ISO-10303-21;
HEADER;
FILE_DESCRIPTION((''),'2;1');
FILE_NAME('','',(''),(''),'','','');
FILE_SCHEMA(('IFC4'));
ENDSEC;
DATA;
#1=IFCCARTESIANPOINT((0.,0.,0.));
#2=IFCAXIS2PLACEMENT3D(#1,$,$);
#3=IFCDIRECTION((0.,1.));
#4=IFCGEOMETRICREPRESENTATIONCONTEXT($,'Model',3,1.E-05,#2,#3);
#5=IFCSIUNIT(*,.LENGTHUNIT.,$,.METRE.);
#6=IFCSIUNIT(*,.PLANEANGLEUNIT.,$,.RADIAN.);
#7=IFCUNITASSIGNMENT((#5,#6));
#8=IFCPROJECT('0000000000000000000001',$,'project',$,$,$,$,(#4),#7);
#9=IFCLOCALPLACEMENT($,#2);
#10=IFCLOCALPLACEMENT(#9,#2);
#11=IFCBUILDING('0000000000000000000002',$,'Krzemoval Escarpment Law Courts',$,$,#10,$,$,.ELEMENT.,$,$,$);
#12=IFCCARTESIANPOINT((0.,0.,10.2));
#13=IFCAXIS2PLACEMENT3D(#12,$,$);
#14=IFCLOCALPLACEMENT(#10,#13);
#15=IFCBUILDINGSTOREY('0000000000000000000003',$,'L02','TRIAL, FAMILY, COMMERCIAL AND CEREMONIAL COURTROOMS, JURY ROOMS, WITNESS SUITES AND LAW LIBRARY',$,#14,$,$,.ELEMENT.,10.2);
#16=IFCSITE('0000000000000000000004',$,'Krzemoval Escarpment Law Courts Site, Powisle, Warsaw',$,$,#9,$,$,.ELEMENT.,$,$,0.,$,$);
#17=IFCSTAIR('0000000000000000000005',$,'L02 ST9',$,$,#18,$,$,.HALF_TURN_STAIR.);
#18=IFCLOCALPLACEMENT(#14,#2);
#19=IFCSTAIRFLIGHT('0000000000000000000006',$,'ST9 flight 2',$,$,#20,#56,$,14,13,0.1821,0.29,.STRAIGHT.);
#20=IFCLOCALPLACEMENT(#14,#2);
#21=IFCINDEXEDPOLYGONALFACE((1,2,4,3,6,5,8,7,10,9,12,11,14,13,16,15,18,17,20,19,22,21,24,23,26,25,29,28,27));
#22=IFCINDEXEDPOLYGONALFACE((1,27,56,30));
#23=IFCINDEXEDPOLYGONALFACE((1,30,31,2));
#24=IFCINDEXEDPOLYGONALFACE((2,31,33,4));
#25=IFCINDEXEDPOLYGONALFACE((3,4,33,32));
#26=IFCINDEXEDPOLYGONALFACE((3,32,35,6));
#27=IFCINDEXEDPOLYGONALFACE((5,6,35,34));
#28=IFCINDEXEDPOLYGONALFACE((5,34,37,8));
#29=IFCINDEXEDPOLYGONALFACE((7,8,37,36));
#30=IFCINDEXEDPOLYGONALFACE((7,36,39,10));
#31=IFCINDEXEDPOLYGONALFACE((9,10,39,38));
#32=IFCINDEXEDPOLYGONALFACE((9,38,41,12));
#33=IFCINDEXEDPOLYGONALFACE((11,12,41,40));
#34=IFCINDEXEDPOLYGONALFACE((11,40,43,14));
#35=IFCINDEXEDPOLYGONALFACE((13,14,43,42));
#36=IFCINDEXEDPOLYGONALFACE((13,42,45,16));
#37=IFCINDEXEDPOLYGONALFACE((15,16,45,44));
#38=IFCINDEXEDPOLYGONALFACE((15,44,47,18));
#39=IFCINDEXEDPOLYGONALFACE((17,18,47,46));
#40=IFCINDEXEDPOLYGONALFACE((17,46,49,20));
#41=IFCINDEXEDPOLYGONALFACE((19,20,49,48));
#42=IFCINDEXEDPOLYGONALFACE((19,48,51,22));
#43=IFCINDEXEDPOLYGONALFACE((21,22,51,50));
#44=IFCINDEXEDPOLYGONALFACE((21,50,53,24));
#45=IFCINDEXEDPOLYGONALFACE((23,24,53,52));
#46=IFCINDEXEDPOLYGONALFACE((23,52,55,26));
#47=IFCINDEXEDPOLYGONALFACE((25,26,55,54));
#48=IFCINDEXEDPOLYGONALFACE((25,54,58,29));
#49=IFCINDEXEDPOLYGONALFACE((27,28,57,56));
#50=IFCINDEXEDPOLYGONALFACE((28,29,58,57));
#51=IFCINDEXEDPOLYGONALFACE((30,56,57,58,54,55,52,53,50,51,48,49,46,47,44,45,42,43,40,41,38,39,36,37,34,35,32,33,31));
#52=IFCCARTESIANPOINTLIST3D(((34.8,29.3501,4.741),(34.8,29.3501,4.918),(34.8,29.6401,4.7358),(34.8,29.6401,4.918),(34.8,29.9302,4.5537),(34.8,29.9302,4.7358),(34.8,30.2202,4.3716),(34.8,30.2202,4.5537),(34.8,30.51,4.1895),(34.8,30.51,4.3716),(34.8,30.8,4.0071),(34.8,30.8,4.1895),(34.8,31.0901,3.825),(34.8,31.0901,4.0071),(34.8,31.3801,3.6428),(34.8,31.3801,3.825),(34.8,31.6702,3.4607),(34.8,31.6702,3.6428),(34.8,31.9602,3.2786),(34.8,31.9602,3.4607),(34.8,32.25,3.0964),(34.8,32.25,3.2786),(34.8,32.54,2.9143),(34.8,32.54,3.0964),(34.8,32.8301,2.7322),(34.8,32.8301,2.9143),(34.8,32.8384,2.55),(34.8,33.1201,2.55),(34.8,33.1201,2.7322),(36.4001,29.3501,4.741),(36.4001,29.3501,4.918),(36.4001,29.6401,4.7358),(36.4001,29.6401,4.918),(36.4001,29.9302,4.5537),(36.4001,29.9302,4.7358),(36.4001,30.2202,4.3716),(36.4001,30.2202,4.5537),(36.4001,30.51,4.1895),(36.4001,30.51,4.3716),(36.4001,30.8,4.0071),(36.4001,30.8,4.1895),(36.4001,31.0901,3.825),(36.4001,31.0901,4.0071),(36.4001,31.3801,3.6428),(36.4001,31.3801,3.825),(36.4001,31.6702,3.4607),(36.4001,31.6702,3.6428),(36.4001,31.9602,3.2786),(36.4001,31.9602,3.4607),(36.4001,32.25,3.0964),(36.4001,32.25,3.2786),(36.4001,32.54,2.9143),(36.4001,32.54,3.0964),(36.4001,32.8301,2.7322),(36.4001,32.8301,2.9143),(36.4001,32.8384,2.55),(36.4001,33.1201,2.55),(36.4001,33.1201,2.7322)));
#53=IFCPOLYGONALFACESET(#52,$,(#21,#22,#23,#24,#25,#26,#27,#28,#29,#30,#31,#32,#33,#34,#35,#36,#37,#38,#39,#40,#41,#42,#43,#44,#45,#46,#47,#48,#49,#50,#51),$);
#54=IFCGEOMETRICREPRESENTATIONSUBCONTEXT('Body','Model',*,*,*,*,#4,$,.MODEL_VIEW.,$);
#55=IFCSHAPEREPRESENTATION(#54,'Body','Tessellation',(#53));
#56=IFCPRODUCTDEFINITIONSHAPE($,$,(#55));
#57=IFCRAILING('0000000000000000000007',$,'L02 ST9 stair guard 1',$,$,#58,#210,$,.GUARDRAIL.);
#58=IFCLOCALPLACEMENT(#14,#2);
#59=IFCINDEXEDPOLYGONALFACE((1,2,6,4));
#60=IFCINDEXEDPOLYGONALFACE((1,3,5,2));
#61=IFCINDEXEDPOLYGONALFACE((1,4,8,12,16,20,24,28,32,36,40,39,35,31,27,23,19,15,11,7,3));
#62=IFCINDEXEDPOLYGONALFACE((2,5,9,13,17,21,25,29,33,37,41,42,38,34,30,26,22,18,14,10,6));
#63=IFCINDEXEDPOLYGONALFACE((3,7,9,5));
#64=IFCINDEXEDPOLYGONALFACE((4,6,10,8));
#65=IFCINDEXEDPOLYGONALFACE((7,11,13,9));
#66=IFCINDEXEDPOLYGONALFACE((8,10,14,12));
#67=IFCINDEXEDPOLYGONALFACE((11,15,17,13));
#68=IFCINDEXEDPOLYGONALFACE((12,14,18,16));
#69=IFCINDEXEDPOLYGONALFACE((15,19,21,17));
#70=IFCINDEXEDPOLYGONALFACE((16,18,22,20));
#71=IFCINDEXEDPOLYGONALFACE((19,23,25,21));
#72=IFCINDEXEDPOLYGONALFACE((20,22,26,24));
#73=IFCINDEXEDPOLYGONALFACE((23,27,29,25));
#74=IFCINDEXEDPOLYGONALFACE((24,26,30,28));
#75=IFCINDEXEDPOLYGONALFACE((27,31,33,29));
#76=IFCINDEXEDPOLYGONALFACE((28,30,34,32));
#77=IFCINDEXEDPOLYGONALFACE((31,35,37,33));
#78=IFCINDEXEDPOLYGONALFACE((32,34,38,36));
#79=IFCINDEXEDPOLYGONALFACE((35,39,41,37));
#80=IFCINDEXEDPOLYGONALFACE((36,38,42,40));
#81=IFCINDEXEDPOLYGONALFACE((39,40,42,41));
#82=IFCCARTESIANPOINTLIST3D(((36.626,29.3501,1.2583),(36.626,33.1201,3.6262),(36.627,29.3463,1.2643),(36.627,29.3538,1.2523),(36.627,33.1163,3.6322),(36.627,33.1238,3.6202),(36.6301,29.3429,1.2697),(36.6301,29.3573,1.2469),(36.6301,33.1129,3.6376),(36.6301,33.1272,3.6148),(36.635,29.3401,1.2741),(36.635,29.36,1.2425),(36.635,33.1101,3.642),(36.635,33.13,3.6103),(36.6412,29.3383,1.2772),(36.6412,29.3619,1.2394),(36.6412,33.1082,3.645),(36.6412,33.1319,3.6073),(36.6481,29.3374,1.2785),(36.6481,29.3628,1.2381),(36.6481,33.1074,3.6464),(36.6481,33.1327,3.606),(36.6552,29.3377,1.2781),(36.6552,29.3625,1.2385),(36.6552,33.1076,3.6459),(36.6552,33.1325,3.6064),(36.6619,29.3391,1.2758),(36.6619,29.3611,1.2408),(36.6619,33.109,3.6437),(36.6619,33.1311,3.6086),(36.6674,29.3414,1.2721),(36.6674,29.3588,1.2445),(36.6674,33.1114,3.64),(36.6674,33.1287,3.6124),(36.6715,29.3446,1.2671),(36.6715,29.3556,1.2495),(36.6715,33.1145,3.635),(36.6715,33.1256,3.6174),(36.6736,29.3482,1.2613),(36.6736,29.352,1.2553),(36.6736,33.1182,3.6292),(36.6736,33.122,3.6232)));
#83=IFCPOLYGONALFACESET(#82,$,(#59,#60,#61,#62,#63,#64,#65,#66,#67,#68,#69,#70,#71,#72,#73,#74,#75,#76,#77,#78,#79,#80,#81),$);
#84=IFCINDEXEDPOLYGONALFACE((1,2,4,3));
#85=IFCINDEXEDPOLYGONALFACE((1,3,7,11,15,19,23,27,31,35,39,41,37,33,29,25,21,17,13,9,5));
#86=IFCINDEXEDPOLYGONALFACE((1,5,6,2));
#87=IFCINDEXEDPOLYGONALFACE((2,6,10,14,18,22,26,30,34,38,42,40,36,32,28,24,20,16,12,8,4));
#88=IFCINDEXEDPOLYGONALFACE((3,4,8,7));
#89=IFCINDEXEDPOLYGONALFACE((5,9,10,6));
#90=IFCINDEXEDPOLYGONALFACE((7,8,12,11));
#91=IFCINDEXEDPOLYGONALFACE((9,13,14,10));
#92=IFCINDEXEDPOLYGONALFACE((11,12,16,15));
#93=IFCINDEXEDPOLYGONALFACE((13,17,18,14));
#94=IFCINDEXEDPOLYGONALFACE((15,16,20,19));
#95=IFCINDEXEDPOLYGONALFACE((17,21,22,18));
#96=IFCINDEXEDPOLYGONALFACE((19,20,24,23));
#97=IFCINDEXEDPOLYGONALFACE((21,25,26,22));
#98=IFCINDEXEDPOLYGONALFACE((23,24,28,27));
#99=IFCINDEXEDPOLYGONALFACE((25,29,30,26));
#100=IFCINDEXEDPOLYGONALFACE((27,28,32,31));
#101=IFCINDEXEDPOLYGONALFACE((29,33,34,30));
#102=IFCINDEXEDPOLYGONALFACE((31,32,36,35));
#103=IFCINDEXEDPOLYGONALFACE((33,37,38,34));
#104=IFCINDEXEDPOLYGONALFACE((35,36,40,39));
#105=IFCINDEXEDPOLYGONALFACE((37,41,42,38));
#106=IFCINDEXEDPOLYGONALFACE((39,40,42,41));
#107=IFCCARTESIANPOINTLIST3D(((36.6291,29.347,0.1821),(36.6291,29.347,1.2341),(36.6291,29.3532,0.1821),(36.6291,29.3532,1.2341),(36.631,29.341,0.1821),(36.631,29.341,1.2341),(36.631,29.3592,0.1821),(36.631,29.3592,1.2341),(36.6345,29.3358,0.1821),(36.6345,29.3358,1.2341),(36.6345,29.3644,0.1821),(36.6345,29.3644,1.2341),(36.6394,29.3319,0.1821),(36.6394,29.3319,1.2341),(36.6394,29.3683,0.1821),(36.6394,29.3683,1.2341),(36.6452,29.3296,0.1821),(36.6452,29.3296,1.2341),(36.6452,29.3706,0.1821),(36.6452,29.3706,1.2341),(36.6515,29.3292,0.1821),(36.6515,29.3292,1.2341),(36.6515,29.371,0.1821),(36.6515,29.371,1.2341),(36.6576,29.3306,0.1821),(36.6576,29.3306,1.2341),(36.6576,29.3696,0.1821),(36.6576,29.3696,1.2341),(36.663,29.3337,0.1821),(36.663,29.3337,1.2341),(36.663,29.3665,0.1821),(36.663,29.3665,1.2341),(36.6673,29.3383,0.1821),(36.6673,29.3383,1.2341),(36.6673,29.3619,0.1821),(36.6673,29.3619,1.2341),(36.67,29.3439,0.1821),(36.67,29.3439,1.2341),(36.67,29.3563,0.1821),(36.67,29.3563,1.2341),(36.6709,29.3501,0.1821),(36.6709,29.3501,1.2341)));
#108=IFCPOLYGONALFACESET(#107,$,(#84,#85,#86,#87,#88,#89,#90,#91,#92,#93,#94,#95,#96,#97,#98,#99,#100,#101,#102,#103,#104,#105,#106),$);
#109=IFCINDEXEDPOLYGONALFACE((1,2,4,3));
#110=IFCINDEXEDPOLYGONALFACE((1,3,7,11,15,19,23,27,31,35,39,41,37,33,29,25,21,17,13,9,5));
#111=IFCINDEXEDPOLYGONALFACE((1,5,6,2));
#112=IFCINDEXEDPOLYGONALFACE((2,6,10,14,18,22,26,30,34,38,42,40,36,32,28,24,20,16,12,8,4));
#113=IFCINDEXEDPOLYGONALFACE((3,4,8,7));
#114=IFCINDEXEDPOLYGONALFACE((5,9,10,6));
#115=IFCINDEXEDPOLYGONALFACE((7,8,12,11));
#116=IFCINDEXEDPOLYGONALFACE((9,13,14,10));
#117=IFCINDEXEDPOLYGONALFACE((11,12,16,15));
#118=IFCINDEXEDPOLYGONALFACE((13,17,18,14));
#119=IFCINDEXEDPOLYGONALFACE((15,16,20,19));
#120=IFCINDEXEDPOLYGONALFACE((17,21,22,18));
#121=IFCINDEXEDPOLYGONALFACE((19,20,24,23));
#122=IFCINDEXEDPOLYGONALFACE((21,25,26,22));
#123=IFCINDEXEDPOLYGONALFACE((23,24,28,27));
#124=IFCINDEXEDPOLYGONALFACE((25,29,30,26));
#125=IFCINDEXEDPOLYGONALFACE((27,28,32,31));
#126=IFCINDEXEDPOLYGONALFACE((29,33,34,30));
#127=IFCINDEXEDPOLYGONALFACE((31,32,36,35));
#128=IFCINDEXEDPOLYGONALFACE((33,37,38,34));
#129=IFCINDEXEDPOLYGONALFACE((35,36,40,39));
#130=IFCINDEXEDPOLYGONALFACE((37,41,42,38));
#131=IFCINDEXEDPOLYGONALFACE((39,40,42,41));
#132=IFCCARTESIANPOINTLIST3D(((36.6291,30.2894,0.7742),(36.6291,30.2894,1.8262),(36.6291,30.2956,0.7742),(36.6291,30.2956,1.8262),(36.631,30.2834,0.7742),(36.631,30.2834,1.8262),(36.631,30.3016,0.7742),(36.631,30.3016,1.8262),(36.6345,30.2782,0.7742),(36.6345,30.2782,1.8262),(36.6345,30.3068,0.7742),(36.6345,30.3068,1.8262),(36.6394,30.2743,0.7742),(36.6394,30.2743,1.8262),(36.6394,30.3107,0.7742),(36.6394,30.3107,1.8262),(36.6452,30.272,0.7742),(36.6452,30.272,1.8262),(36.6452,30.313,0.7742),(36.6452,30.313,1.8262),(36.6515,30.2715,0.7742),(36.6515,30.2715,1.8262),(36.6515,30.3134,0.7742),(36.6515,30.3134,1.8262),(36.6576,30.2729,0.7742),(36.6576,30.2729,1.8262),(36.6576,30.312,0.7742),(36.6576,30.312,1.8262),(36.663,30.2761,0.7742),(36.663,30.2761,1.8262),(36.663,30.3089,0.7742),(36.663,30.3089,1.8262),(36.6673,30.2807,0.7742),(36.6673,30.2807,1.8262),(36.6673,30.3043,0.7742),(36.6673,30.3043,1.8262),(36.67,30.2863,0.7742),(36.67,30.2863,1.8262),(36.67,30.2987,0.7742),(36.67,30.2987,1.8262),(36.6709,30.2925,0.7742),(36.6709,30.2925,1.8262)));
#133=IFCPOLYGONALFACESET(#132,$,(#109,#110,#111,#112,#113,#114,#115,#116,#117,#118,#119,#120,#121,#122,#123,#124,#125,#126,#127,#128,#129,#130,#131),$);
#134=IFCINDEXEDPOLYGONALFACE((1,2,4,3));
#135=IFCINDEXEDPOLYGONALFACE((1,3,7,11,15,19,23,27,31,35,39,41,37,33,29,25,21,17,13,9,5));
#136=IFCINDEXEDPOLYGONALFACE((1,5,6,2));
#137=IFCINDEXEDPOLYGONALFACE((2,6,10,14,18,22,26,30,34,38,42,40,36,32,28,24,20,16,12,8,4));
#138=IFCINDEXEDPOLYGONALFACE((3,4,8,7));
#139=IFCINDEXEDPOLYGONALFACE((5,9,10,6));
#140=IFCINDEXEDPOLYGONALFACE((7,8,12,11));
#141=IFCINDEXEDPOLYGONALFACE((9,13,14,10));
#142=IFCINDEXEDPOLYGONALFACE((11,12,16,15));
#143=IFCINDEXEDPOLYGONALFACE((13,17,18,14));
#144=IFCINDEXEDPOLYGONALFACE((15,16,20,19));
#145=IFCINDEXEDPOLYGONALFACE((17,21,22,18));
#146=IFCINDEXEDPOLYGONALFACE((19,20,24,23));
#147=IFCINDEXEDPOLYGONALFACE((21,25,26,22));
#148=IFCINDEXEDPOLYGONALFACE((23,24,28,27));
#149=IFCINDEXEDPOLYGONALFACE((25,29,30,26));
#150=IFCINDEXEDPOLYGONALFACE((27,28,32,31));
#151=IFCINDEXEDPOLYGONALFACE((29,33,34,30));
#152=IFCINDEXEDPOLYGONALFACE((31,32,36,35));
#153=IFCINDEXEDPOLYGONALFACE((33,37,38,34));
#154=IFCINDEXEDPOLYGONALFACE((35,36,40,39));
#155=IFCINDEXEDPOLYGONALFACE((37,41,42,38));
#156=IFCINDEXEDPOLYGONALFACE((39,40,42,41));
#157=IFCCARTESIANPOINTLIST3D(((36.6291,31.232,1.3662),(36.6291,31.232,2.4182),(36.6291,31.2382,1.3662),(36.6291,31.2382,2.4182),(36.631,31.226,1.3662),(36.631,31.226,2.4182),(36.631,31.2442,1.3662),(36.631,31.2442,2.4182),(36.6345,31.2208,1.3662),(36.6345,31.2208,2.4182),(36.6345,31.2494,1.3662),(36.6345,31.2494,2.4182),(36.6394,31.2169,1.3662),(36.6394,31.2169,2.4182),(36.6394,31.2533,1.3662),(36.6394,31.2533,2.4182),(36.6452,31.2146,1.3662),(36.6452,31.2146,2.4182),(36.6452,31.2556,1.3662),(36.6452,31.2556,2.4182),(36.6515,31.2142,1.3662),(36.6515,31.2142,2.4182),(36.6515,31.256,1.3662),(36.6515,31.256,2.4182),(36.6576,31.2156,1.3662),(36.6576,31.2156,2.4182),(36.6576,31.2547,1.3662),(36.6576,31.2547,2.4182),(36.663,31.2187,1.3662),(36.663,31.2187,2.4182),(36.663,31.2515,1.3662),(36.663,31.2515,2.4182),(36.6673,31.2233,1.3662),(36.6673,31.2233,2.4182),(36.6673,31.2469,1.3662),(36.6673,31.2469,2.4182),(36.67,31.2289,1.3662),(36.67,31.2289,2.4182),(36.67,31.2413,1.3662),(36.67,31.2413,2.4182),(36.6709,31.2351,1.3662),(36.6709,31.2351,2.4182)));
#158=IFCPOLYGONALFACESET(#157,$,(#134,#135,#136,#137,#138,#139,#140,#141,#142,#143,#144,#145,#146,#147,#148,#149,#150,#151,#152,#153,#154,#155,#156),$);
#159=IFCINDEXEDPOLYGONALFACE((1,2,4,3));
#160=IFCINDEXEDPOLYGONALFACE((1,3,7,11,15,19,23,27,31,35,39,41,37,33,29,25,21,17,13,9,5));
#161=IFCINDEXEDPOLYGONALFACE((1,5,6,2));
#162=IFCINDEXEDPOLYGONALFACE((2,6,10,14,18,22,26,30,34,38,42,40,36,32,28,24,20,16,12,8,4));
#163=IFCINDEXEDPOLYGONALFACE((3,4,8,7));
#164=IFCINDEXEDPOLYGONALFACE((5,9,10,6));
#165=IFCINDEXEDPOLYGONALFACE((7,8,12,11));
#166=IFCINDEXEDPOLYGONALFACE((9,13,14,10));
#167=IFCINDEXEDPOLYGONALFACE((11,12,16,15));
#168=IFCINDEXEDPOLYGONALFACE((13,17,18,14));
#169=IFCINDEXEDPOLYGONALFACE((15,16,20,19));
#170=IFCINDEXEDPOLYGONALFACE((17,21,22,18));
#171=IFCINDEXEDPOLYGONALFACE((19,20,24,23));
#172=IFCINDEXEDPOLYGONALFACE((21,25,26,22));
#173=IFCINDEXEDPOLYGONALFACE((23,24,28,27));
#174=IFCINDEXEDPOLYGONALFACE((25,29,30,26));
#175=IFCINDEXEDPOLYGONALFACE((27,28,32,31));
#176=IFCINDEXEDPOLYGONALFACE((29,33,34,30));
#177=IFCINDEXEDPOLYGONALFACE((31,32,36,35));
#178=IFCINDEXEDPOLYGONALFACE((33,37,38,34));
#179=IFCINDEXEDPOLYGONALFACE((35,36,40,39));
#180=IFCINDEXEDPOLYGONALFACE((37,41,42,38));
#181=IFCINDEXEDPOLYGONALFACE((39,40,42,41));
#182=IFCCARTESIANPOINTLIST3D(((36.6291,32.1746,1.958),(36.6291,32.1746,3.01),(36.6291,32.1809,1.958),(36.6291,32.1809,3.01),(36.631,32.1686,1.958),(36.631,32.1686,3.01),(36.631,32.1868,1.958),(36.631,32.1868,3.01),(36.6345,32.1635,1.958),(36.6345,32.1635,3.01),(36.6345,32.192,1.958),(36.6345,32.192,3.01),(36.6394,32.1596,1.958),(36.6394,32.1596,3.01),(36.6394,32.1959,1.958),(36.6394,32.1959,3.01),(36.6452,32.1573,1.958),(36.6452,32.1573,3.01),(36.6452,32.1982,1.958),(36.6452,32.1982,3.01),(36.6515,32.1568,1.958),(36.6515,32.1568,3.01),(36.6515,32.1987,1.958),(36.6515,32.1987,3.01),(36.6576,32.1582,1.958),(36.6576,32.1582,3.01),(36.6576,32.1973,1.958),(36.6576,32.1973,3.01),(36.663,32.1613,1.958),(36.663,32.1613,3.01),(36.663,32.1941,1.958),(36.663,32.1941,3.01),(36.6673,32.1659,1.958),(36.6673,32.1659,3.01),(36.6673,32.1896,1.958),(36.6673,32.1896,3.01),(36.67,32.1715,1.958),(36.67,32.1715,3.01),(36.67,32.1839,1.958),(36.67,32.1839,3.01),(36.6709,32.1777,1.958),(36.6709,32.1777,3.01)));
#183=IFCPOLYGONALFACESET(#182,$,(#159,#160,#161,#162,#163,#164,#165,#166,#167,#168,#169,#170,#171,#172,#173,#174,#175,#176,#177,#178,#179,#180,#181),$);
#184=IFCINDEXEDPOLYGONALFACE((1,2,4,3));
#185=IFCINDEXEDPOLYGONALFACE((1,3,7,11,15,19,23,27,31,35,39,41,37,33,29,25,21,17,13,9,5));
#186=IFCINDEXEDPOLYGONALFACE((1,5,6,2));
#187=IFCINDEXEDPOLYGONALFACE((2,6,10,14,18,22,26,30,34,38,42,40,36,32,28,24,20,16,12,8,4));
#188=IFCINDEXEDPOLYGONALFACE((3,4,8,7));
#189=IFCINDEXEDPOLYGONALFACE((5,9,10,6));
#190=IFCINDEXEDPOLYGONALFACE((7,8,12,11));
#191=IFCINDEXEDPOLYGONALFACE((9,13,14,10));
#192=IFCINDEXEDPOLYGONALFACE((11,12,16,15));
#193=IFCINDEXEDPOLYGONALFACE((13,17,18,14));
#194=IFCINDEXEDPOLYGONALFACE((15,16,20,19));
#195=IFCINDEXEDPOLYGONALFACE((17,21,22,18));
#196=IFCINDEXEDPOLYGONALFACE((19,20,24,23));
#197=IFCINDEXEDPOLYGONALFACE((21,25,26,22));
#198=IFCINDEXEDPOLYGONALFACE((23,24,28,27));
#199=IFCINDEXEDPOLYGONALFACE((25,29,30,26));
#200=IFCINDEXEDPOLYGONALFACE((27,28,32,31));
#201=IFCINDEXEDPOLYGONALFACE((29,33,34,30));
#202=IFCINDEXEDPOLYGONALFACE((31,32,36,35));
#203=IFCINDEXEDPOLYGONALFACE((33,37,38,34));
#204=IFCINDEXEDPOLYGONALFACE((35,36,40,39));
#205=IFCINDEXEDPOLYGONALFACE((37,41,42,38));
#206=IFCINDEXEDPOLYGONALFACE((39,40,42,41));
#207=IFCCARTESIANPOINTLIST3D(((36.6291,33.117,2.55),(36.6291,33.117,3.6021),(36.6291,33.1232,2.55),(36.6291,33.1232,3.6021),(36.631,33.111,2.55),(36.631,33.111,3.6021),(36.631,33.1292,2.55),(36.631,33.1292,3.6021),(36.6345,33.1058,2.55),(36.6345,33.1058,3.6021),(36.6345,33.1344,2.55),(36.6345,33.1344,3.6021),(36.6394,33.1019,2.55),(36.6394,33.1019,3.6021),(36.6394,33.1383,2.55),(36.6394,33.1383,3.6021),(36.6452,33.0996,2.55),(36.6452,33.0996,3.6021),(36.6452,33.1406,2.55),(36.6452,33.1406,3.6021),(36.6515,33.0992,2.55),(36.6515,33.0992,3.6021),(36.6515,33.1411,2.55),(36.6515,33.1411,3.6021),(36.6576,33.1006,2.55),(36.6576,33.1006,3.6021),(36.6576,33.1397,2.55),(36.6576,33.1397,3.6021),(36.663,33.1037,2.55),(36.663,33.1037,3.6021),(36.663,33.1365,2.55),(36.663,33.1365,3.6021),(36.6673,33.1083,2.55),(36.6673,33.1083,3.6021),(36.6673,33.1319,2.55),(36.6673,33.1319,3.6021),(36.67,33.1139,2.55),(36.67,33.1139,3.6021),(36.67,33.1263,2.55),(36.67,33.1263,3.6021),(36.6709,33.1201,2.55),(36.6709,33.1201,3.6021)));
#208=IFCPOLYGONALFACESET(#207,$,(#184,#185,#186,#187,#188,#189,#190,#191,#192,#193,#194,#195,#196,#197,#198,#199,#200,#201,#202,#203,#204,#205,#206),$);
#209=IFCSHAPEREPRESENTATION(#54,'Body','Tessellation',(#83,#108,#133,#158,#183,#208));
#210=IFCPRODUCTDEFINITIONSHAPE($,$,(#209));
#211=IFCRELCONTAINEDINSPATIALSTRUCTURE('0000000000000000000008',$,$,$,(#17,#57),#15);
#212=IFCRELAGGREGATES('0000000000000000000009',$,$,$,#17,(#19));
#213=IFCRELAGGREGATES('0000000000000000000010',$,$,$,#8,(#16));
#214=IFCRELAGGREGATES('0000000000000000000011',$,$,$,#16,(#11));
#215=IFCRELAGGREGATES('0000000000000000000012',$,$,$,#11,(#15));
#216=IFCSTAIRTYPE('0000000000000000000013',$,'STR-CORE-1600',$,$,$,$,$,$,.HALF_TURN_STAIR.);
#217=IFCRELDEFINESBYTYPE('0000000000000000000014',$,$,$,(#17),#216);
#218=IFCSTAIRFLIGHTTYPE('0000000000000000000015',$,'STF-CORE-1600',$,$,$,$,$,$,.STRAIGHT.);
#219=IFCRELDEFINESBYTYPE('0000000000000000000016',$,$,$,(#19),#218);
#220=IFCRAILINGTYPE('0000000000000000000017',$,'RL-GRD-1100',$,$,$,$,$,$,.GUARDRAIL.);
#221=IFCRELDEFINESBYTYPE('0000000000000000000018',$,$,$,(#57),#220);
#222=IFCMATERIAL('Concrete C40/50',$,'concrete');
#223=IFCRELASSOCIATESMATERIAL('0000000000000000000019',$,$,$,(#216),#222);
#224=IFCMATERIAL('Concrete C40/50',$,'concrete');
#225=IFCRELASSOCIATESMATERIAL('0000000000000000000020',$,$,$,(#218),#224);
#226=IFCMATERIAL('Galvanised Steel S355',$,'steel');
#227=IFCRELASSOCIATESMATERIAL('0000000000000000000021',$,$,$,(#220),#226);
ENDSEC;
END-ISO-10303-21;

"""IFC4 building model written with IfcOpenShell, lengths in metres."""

from ifc_helpers import new_model, si_unit, direction, frame, origin, origin_2d, place, context, subcontext, project, spatial, polyline, circle, outline, extrude, material, type_object, element, aggregate, save


model = new_model("IFC4")

# Units and contexts
model_context = context("Model", 3, precision=1e-05, world=origin(), true_north=direction((0.0, 1.0)))
body_context = subcontext(model_context, "Body", "Model", "MODEL_VIEW")
ifc_project = project(units=[si_unit("LENGTHUNIT", "METRE"), si_unit("PLANEANGLEUNIT", "RADIAN")], contexts=[model_context])

# Site, building, storey
site_placement = place(None, origin())
site = spatial("IfcSite", under=ifc_project, at=site_placement, Name="Krzemoval Escarpment Law Courts Site, Powisle, Warsaw", CompositionType="ELEMENT", RefElevation=0.0)
building_placement = place(site_placement, origin())
building = spatial("IfcBuilding", under=site, at=building_placement, Name="Krzemoval Escarpment Law Courts", CompositionType="ELEMENT")
storey_placement = place(building_placement, frame((0.0, 0.0, 10.2)))
storey = spatial("IfcBuildingStorey", under=building, at=storey_placement, Name="L02", Description="TRIAL, FAMILY, COMMERCIAL AND CEREMONIAL COURTROOMS, JURY ROOMS, WITNESS SUITES AND LAW LIBRARY", CompositionType="ELEMENT", Elevation=10.2)

# Stair, stair flight
ifc_material_1 = material(Name="Concrete C40/50", Category="concrete")
stair_type = type_object("IfcStairType", Name="STR-CORE-1600", PredefinedType="HALF_TURN_STAIR", material=ifc_material_1)
stair_placement = place(storey_placement, origin())
stair = element("IfcStair", 1, at=stair_placement, inside=storey, type_object=stair_type, Name="L02 ST9", PredefinedType="HALF_TURN_STAIR")
ifc_material_2 = material(Name="Concrete C40/50", Category="concrete")
stair_flight_type = type_object("IfcStairFlightType", Name="STF-CORE-1600", PredefinedType="STRAIGHT", material=ifc_material_2)
stair_flight_1_placement = place(storey_placement, frame((35.6001, 33.1201, 2.55), z_axis=(0.0, 0.0, 1.0), x_axis=(0.0, -1.0, 0.0)))
stair_flight_1 = element("IfcStairFlight", 2, at=stair_flight_1_placement, type_object=stair_flight_type, Name="ST9 flight 2", NumberOfRisers=14, NumberOfTreads=13, PredefinedType="STRAIGHT", RiserHeight=0.1821, TreadLength=0.29, context=body_context, shape_type="SweptSolid", body=[
    extrude(outline(polyline([(0.0, 0.0), (0.0, 0.1821), (0.29, 0.1821), (0.29, 0.3643), (0.5801, 0.3643), (0.5801, 0.5464), (0.8701, 0.5464), (0.8701, 0.7285), (1.1599, 0.7285), (1.1599, 0.9106), (1.45, 0.9106), (1.45, 1.0928), (1.74, 1.0928), (1.74, 1.2749), (2.03, 1.2749), (2.03, 1.457), (2.3201, 1.457), (2.3201, 1.6394), (2.6101, 1.6394), (2.6101, 1.8215), (2.8999, 1.8215), (2.8999, 2.0037), (3.1899, 2.0037), (3.1899, 2.1858), (3.48, 2.1858), (3.48, 2.3679), (3.77, 2.3679), (3.77, 2.55), (3.77, 2.1909), (0.2817, 0.0), (0.0, 0.0)])), frame((0.0, 0.8, 0.0), z_axis=(0.0, -1.0, 0.0), x_axis=(1.0, 0.0, 0.0)), (0.0, 0.0, 1.0), 1.6001),
])
aggregate(stair, [stair_flight_1])

# Railing
ifc_material_3 = material(Name="Galvanised Steel S355", Category="steel")
railing_type_1 = type_object("IfcRailingType", Name="RL-GRD-1100", PredefinedType="GUARDRAIL", material=ifc_material_3)
railing_1_placement = place(storey_placement, frame((36.6499, 29.3501, 0.1821)))
element("IfcRailing", 3, at=railing_1_placement, inside=storey, type_object=railing_type_1, Name="L02 ST9 stair guard 1", PredefinedType="GUARDRAIL", context=body_context, shape_type="SweptSolid", body=[
    extrude(circle(Radius=0.0239, at=origin_2d()), frame((0.0, 0.0, 1.0762), z_axis=(0.0, 0.846819, 0.531881), x_axis=(-1.0, 0.0, 0.0)), (0.0, 0.0, 1.0), 4.4519),
    extrude(circle(Radius=0.021, at=origin_2d()), origin(), (0.0, 0.0, 1.0), 1.052),
    extrude(circle(Radius=0.021, at=origin_2d()), frame((0.0, 0.9424, 0.592)), (0.0, 0.0, 1.0), 1.052),
    extrude(circle(Radius=0.021, at=origin_2d()), frame((0.0, 1.885, 1.1841)), (0.0, 0.0, 1.0), 1.052),
    extrude(circle(Radius=0.021, at=origin_2d()), frame((0.0, 2.8276, 1.7759)), (0.0, 0.0, 1.0), 1.052),
    extrude(circle(Radius=0.021, at=origin_2d()), frame((0.0, 3.77, 2.3679)), (0.0, 0.0, 1.0), 1.052),
])

save(model, "model.ifc")
